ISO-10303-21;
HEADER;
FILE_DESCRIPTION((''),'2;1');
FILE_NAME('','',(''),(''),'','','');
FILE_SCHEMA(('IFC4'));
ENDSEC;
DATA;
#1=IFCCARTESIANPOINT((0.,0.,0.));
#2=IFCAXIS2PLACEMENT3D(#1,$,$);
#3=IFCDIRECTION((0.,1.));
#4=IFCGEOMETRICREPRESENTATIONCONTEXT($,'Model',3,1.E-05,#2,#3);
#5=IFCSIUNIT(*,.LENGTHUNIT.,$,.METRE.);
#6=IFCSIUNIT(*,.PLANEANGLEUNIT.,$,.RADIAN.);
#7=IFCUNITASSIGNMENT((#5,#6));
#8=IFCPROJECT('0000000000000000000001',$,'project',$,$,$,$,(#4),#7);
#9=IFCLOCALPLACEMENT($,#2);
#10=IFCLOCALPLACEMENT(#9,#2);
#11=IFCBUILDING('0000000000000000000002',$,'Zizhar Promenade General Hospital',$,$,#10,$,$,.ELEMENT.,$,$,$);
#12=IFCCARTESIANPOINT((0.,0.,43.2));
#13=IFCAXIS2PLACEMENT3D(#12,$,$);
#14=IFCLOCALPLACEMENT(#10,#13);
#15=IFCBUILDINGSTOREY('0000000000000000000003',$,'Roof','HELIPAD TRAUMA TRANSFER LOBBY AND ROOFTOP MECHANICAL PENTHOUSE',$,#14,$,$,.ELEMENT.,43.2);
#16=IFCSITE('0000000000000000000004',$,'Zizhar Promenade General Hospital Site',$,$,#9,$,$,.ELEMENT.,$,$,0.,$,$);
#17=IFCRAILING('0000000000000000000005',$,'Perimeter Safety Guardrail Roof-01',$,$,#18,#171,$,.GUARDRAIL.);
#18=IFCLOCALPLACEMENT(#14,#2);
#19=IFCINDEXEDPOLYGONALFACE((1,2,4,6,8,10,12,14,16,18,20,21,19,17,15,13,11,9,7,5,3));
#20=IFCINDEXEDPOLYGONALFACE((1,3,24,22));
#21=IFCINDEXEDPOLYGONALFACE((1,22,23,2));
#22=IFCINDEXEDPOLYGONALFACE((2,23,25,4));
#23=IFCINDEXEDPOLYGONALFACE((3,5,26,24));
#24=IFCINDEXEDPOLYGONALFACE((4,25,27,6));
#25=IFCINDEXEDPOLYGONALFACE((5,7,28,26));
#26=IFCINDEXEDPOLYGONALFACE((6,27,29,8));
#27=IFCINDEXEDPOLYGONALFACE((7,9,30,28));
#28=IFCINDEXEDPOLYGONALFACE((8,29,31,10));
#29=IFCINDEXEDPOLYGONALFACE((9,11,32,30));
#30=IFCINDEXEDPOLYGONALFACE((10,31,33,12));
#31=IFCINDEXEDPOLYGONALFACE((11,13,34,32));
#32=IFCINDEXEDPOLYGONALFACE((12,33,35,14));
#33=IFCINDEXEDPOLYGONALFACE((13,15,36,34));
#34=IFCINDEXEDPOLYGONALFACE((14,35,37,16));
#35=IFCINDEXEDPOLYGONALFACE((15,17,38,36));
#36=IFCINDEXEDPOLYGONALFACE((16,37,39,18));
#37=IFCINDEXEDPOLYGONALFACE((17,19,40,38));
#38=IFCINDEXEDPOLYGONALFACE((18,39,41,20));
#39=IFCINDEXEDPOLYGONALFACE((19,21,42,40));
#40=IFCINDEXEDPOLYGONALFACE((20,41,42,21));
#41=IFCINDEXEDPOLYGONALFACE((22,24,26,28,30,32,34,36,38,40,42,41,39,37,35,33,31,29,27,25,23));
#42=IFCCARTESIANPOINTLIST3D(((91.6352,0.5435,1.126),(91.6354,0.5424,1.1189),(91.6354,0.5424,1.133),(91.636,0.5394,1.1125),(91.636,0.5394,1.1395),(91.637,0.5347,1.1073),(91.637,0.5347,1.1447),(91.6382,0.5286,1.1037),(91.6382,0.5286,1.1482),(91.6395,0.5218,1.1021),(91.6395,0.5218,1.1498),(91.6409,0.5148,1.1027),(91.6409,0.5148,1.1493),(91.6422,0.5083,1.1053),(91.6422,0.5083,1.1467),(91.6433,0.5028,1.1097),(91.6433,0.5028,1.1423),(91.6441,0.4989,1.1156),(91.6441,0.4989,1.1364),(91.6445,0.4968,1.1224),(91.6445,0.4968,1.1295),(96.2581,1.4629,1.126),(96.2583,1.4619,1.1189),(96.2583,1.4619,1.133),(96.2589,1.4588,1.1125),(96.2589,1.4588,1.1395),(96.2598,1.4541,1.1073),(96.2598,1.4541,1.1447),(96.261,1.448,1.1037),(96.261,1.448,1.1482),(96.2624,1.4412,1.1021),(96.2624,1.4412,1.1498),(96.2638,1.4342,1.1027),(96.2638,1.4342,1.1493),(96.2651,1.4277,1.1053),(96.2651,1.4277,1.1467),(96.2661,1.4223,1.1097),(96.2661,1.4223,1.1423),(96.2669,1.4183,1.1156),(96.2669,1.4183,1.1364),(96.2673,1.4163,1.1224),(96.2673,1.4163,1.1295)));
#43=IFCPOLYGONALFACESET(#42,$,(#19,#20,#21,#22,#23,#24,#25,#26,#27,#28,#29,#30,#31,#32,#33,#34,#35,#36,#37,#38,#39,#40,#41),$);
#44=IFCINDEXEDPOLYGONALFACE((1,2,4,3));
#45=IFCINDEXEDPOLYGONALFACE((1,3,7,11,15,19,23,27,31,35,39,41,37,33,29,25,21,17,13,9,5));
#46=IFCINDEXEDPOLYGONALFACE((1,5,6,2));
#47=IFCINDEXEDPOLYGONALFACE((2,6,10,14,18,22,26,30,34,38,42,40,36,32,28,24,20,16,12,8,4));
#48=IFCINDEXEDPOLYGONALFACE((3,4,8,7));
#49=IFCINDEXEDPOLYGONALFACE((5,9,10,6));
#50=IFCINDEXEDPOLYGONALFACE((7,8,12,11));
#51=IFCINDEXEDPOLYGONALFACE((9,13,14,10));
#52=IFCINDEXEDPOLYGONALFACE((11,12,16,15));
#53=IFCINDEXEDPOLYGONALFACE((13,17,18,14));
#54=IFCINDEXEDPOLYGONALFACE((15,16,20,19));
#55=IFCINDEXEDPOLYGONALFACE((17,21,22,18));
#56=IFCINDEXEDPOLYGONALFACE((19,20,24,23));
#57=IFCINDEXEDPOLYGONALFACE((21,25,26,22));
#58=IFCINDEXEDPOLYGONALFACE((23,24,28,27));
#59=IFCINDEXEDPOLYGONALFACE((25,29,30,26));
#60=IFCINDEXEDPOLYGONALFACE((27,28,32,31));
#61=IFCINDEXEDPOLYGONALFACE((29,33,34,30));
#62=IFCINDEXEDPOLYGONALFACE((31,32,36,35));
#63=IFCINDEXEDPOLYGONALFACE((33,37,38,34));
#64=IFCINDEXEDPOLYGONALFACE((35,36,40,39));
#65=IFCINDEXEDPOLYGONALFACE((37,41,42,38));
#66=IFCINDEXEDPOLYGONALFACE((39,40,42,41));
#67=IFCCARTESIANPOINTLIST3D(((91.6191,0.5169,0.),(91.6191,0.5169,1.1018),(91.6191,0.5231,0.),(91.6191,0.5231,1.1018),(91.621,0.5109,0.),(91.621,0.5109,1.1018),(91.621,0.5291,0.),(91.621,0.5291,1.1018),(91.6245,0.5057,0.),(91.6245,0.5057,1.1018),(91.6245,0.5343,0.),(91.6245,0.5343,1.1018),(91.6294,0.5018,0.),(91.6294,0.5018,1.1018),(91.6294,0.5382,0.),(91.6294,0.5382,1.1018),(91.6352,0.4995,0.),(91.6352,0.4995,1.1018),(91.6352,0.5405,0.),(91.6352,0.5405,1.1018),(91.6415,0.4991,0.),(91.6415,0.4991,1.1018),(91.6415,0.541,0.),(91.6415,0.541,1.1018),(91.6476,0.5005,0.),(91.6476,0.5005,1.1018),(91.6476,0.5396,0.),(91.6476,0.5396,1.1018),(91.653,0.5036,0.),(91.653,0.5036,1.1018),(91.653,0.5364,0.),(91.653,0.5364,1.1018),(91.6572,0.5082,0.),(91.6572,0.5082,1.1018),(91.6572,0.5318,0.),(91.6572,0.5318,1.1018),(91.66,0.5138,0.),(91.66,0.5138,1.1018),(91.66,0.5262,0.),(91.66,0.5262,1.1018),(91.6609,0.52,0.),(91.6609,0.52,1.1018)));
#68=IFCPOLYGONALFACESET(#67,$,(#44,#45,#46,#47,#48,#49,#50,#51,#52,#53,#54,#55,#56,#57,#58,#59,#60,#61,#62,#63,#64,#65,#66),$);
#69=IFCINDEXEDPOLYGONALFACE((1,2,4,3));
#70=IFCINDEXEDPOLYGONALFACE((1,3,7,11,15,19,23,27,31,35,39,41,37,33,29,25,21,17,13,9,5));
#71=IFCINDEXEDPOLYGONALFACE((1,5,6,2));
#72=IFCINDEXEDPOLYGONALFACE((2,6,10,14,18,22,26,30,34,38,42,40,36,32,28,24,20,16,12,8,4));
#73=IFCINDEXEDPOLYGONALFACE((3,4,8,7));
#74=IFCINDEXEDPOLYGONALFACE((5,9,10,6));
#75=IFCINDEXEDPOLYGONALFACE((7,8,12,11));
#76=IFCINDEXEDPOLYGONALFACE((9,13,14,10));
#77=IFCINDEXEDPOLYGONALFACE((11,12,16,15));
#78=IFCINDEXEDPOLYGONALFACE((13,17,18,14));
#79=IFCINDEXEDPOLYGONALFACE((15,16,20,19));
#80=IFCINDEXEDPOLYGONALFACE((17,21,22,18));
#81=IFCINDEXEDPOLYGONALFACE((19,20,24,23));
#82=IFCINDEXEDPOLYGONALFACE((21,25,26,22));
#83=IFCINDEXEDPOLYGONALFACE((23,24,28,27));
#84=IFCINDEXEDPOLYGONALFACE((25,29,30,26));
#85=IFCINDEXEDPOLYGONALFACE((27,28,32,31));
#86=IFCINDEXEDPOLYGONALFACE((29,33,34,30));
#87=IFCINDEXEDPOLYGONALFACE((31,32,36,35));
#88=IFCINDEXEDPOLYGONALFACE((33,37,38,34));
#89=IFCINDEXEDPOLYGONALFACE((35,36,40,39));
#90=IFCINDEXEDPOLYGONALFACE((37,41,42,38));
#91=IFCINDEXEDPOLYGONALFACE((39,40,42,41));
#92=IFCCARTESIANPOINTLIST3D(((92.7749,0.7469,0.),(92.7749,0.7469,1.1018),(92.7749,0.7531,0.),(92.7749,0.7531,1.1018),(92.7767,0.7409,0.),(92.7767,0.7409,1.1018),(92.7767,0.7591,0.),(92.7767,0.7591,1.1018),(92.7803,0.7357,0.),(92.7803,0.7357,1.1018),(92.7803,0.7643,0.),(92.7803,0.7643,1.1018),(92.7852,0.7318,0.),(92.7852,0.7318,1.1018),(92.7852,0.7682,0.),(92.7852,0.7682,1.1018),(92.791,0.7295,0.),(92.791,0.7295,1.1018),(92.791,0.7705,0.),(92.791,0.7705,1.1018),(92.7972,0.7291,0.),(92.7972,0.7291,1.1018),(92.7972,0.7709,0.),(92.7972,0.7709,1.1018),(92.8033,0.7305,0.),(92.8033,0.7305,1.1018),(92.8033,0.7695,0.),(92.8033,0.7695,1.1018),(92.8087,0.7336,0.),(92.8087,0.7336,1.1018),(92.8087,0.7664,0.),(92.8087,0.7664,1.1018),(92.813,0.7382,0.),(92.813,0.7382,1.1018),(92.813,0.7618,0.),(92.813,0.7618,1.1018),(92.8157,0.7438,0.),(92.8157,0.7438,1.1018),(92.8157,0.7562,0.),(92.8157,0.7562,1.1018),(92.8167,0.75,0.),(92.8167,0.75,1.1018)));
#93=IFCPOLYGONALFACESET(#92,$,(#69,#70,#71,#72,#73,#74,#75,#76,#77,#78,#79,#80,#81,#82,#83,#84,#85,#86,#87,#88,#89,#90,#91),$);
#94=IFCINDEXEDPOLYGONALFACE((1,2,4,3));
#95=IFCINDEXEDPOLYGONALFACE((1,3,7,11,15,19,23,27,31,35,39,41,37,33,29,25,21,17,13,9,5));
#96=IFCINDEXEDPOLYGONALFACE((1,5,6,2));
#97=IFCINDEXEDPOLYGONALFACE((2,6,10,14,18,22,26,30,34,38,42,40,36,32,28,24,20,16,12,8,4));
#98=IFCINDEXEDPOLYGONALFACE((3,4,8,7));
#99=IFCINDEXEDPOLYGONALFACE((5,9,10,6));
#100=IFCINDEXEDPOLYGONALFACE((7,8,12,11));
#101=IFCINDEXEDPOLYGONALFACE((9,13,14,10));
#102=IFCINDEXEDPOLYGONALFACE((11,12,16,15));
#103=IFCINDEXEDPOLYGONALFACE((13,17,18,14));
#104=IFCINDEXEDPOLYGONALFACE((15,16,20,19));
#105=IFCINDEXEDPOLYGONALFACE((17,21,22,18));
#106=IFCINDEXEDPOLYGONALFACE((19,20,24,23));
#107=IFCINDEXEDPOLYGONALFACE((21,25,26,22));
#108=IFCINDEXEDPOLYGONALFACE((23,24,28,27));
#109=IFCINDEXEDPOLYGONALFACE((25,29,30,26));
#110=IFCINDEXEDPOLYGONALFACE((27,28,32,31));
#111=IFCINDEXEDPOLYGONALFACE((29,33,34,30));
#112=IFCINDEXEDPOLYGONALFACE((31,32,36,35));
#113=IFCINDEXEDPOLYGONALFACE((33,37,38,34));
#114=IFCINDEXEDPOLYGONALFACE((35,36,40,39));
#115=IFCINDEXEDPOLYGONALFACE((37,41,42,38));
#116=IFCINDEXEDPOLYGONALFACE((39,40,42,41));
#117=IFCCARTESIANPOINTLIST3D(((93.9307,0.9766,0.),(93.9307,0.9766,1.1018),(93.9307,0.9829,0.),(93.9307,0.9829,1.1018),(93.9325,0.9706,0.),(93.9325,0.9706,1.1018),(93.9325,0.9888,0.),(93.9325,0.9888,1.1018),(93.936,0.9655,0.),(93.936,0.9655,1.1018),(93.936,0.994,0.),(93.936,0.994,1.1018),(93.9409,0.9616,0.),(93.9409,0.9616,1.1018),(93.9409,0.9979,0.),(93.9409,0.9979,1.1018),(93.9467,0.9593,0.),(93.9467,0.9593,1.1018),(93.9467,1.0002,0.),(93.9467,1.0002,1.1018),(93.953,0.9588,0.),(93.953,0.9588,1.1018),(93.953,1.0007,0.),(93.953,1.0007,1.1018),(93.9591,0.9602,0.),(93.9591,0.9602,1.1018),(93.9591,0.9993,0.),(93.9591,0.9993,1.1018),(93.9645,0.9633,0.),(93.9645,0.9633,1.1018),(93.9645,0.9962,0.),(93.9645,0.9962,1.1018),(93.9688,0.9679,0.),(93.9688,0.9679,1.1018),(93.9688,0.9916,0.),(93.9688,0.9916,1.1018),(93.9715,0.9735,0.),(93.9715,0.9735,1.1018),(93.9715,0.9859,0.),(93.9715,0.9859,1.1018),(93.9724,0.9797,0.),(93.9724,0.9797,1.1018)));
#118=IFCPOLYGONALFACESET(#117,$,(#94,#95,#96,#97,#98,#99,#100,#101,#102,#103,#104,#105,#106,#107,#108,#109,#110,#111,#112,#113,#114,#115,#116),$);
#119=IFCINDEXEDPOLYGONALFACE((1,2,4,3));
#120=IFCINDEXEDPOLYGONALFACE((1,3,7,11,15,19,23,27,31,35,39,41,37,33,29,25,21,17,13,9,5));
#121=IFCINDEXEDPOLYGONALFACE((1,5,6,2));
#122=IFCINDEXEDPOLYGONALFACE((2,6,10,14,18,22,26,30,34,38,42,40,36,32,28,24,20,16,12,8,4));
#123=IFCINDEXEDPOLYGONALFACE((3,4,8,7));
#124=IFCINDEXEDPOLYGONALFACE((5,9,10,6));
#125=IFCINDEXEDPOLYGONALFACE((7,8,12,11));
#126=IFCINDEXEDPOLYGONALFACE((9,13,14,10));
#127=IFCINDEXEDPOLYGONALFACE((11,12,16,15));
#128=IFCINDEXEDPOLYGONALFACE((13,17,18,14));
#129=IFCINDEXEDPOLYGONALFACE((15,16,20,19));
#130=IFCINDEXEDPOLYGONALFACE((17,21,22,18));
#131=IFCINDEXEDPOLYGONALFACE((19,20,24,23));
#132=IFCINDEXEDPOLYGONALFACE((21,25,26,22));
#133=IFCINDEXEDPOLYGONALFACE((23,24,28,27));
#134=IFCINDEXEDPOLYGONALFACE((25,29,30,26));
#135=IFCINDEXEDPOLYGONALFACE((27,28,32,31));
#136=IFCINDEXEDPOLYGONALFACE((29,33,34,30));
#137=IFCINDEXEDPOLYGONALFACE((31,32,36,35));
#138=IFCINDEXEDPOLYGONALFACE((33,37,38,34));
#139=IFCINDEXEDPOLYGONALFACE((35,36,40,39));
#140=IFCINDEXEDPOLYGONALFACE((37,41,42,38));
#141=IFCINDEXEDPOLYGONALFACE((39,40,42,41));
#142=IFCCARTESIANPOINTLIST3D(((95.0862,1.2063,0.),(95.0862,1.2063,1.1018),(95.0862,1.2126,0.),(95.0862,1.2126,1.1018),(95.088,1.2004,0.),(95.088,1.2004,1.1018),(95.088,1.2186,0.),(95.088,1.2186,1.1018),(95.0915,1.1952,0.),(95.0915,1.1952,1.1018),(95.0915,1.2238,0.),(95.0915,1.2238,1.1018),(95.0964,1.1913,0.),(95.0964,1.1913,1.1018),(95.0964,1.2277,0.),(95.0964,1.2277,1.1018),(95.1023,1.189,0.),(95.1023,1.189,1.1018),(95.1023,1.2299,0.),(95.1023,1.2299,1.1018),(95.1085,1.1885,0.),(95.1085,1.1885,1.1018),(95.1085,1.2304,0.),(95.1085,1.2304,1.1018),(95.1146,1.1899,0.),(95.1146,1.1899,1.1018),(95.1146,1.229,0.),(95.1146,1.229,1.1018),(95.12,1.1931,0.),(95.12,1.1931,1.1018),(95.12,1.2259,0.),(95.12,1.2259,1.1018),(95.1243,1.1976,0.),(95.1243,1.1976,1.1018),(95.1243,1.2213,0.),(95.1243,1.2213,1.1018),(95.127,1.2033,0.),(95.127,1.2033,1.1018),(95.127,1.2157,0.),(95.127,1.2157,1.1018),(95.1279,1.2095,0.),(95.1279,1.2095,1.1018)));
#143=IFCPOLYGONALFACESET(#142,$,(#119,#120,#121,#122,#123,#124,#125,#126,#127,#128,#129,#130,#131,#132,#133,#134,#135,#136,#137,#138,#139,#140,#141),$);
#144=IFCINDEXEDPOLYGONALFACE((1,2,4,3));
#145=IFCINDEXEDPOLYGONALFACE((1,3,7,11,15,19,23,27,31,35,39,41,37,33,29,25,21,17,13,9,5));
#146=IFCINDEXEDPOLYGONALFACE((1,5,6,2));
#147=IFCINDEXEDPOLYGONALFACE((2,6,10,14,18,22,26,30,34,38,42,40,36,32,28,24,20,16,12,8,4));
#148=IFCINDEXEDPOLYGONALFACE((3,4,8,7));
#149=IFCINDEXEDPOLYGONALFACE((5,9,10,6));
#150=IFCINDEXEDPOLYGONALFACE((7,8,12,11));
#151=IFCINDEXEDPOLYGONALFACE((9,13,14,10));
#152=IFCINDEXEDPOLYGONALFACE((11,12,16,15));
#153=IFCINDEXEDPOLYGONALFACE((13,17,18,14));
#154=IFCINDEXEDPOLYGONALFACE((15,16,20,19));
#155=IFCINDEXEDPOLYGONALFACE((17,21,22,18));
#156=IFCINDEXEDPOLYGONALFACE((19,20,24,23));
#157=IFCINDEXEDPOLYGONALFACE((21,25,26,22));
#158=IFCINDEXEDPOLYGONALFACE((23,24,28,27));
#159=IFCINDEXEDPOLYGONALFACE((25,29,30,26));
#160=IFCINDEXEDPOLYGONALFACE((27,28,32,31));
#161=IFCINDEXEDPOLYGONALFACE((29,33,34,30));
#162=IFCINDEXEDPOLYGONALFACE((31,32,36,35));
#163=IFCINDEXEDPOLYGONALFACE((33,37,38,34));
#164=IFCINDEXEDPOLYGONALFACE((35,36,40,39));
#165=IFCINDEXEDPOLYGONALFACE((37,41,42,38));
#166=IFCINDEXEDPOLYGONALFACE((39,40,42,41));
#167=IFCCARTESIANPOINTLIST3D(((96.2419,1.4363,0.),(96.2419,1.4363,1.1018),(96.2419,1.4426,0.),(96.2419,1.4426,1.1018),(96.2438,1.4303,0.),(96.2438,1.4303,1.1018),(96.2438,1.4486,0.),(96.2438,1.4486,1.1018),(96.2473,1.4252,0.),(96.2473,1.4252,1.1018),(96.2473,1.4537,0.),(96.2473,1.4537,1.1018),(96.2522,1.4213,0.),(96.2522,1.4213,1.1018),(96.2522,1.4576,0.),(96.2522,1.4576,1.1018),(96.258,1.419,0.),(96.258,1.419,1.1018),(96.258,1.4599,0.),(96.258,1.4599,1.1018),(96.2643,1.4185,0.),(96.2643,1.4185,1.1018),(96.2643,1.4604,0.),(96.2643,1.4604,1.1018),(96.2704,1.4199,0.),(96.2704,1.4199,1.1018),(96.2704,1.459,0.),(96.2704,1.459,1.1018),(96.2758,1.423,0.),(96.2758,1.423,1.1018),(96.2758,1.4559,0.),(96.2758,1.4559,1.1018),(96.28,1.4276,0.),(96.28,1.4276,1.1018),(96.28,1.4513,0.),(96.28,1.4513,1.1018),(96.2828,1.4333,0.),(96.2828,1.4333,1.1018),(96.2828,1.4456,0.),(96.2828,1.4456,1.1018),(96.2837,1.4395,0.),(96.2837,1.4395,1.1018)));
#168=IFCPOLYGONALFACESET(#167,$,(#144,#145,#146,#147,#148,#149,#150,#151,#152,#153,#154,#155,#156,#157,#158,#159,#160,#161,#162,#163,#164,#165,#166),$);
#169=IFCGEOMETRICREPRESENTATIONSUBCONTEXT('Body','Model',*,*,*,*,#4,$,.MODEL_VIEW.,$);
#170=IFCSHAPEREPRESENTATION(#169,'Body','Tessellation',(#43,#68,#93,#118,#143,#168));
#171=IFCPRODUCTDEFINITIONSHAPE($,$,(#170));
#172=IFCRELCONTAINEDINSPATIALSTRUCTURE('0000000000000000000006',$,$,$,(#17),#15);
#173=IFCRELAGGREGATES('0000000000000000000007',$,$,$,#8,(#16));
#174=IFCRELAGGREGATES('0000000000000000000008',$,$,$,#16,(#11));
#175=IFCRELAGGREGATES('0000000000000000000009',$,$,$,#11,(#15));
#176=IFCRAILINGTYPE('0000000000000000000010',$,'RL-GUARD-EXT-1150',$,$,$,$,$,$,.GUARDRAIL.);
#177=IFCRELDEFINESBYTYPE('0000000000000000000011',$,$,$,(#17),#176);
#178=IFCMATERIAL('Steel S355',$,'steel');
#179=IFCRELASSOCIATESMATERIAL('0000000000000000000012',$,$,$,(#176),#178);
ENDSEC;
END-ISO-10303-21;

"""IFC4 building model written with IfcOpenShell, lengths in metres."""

from ifc_helpers import new_model, si_unit, direction, frame, origin, origin_2d, place, context, subcontext, project, spatial, hollow_rectangle, circle, extrude, material, material_profile, profile_set, type_object, element, save


model = new_model("IFC4")

# Units and contexts
model_context = context("Model", 3, precision=1e-05, world=origin(), true_north=direction((0.0, 1.0)))
body_context = subcontext(model_context, "Body", "Model", "MODEL_VIEW")
ifc_project = project(units=[si_unit("LENGTHUNIT", "METRE"), si_unit("PLANEANGLEUNIT", "RADIAN")], contexts=[model_context])

# Site, building, storey
site_placement = place(None, origin())
site = spatial("IfcSite", under=ifc_project, at=site_placement, Name="Zizhar Promenade General Hospital Site", CompositionType="ELEMENT", RefElevation=0.0)
building_placement = place(site_placement, origin())
building = spatial("IfcBuilding", under=site, at=building_placement, Name="Zizhar Promenade General Hospital", CompositionType="ELEMENT")
storey_placement = place(building_placement, frame((0.0, 0.0, 43.2)))
storey = spatial("IfcBuildingStorey", under=building, at=storey_placement, Name="Roof", Description="HELIPAD TRAUMA TRANSFER LOBBY AND ROOFTOP MECHANICAL PENTHOUSE", CompositionType="ELEMENT", Elevation=43.2)

# Railing
ifc_material_1 = material(Name="Steel S355", Category="steel")
ifc_material_profile_1 = material_profile(ifc_material_1, hollow_rectangle(XDim=0.0601, YDim=0.1201, WallThickness=0.0039, at=origin_2d()))
ifc_profile_set_1 = profile_set([ifc_material_profile_1], Name="Steel S355")
railing_type = type_object("IfcRailingType", Name="RL-GUARD-EXT-1150", PredefinedType="GUARDRAIL", material=ifc_profile_set_1)
railing_1_placement = place(storey_placement, frame((91.6399, 0.52, 0.0)))
element("IfcRailing", 1, at=railing_1_placement, inside=storey, type_object=railing_type, Name="Perimeter Safety Guardrail Roof-01", PredefinedType="GUARDRAIL", context=body_context, shape_type="SweptSolid", body=[
    extrude(circle(Radius=0.0239, at=origin_2d()), frame((0.0, 0.0, 1.126), z_axis=(0.980789, 0.19507, 0.0), x_axis=(-0.19507, 0.980789, 0.0)), (0.0, 0.0, 1.0), 4.7134),
    extrude(circle(Radius=0.021, at=origin_2d()), origin(), (0.0, 0.0, 1.0), 1.1018),
    extrude(circle(Radius=0.021, at=origin_2d()), frame((1.1558, 0.23, 0.0)), (0.0, 0.0, 1.0), 1.1018),
    extrude(circle(Radius=0.021, at=origin_2d()), frame((2.3115, 0.4597, 0.0)), (0.0, 0.0, 1.0), 1.1018),
    extrude(circle(Radius=0.021, at=origin_2d()), frame((3.467, 0.6895, 0.0)), (0.0, 0.0, 1.0), 1.1018),
    extrude(circle(Radius=0.021, at=origin_2d()), frame((4.6228, 0.9194, 0.0)), (0.0, 0.0, 1.0), 1.1018),
])

save(model, "model.ifc")
